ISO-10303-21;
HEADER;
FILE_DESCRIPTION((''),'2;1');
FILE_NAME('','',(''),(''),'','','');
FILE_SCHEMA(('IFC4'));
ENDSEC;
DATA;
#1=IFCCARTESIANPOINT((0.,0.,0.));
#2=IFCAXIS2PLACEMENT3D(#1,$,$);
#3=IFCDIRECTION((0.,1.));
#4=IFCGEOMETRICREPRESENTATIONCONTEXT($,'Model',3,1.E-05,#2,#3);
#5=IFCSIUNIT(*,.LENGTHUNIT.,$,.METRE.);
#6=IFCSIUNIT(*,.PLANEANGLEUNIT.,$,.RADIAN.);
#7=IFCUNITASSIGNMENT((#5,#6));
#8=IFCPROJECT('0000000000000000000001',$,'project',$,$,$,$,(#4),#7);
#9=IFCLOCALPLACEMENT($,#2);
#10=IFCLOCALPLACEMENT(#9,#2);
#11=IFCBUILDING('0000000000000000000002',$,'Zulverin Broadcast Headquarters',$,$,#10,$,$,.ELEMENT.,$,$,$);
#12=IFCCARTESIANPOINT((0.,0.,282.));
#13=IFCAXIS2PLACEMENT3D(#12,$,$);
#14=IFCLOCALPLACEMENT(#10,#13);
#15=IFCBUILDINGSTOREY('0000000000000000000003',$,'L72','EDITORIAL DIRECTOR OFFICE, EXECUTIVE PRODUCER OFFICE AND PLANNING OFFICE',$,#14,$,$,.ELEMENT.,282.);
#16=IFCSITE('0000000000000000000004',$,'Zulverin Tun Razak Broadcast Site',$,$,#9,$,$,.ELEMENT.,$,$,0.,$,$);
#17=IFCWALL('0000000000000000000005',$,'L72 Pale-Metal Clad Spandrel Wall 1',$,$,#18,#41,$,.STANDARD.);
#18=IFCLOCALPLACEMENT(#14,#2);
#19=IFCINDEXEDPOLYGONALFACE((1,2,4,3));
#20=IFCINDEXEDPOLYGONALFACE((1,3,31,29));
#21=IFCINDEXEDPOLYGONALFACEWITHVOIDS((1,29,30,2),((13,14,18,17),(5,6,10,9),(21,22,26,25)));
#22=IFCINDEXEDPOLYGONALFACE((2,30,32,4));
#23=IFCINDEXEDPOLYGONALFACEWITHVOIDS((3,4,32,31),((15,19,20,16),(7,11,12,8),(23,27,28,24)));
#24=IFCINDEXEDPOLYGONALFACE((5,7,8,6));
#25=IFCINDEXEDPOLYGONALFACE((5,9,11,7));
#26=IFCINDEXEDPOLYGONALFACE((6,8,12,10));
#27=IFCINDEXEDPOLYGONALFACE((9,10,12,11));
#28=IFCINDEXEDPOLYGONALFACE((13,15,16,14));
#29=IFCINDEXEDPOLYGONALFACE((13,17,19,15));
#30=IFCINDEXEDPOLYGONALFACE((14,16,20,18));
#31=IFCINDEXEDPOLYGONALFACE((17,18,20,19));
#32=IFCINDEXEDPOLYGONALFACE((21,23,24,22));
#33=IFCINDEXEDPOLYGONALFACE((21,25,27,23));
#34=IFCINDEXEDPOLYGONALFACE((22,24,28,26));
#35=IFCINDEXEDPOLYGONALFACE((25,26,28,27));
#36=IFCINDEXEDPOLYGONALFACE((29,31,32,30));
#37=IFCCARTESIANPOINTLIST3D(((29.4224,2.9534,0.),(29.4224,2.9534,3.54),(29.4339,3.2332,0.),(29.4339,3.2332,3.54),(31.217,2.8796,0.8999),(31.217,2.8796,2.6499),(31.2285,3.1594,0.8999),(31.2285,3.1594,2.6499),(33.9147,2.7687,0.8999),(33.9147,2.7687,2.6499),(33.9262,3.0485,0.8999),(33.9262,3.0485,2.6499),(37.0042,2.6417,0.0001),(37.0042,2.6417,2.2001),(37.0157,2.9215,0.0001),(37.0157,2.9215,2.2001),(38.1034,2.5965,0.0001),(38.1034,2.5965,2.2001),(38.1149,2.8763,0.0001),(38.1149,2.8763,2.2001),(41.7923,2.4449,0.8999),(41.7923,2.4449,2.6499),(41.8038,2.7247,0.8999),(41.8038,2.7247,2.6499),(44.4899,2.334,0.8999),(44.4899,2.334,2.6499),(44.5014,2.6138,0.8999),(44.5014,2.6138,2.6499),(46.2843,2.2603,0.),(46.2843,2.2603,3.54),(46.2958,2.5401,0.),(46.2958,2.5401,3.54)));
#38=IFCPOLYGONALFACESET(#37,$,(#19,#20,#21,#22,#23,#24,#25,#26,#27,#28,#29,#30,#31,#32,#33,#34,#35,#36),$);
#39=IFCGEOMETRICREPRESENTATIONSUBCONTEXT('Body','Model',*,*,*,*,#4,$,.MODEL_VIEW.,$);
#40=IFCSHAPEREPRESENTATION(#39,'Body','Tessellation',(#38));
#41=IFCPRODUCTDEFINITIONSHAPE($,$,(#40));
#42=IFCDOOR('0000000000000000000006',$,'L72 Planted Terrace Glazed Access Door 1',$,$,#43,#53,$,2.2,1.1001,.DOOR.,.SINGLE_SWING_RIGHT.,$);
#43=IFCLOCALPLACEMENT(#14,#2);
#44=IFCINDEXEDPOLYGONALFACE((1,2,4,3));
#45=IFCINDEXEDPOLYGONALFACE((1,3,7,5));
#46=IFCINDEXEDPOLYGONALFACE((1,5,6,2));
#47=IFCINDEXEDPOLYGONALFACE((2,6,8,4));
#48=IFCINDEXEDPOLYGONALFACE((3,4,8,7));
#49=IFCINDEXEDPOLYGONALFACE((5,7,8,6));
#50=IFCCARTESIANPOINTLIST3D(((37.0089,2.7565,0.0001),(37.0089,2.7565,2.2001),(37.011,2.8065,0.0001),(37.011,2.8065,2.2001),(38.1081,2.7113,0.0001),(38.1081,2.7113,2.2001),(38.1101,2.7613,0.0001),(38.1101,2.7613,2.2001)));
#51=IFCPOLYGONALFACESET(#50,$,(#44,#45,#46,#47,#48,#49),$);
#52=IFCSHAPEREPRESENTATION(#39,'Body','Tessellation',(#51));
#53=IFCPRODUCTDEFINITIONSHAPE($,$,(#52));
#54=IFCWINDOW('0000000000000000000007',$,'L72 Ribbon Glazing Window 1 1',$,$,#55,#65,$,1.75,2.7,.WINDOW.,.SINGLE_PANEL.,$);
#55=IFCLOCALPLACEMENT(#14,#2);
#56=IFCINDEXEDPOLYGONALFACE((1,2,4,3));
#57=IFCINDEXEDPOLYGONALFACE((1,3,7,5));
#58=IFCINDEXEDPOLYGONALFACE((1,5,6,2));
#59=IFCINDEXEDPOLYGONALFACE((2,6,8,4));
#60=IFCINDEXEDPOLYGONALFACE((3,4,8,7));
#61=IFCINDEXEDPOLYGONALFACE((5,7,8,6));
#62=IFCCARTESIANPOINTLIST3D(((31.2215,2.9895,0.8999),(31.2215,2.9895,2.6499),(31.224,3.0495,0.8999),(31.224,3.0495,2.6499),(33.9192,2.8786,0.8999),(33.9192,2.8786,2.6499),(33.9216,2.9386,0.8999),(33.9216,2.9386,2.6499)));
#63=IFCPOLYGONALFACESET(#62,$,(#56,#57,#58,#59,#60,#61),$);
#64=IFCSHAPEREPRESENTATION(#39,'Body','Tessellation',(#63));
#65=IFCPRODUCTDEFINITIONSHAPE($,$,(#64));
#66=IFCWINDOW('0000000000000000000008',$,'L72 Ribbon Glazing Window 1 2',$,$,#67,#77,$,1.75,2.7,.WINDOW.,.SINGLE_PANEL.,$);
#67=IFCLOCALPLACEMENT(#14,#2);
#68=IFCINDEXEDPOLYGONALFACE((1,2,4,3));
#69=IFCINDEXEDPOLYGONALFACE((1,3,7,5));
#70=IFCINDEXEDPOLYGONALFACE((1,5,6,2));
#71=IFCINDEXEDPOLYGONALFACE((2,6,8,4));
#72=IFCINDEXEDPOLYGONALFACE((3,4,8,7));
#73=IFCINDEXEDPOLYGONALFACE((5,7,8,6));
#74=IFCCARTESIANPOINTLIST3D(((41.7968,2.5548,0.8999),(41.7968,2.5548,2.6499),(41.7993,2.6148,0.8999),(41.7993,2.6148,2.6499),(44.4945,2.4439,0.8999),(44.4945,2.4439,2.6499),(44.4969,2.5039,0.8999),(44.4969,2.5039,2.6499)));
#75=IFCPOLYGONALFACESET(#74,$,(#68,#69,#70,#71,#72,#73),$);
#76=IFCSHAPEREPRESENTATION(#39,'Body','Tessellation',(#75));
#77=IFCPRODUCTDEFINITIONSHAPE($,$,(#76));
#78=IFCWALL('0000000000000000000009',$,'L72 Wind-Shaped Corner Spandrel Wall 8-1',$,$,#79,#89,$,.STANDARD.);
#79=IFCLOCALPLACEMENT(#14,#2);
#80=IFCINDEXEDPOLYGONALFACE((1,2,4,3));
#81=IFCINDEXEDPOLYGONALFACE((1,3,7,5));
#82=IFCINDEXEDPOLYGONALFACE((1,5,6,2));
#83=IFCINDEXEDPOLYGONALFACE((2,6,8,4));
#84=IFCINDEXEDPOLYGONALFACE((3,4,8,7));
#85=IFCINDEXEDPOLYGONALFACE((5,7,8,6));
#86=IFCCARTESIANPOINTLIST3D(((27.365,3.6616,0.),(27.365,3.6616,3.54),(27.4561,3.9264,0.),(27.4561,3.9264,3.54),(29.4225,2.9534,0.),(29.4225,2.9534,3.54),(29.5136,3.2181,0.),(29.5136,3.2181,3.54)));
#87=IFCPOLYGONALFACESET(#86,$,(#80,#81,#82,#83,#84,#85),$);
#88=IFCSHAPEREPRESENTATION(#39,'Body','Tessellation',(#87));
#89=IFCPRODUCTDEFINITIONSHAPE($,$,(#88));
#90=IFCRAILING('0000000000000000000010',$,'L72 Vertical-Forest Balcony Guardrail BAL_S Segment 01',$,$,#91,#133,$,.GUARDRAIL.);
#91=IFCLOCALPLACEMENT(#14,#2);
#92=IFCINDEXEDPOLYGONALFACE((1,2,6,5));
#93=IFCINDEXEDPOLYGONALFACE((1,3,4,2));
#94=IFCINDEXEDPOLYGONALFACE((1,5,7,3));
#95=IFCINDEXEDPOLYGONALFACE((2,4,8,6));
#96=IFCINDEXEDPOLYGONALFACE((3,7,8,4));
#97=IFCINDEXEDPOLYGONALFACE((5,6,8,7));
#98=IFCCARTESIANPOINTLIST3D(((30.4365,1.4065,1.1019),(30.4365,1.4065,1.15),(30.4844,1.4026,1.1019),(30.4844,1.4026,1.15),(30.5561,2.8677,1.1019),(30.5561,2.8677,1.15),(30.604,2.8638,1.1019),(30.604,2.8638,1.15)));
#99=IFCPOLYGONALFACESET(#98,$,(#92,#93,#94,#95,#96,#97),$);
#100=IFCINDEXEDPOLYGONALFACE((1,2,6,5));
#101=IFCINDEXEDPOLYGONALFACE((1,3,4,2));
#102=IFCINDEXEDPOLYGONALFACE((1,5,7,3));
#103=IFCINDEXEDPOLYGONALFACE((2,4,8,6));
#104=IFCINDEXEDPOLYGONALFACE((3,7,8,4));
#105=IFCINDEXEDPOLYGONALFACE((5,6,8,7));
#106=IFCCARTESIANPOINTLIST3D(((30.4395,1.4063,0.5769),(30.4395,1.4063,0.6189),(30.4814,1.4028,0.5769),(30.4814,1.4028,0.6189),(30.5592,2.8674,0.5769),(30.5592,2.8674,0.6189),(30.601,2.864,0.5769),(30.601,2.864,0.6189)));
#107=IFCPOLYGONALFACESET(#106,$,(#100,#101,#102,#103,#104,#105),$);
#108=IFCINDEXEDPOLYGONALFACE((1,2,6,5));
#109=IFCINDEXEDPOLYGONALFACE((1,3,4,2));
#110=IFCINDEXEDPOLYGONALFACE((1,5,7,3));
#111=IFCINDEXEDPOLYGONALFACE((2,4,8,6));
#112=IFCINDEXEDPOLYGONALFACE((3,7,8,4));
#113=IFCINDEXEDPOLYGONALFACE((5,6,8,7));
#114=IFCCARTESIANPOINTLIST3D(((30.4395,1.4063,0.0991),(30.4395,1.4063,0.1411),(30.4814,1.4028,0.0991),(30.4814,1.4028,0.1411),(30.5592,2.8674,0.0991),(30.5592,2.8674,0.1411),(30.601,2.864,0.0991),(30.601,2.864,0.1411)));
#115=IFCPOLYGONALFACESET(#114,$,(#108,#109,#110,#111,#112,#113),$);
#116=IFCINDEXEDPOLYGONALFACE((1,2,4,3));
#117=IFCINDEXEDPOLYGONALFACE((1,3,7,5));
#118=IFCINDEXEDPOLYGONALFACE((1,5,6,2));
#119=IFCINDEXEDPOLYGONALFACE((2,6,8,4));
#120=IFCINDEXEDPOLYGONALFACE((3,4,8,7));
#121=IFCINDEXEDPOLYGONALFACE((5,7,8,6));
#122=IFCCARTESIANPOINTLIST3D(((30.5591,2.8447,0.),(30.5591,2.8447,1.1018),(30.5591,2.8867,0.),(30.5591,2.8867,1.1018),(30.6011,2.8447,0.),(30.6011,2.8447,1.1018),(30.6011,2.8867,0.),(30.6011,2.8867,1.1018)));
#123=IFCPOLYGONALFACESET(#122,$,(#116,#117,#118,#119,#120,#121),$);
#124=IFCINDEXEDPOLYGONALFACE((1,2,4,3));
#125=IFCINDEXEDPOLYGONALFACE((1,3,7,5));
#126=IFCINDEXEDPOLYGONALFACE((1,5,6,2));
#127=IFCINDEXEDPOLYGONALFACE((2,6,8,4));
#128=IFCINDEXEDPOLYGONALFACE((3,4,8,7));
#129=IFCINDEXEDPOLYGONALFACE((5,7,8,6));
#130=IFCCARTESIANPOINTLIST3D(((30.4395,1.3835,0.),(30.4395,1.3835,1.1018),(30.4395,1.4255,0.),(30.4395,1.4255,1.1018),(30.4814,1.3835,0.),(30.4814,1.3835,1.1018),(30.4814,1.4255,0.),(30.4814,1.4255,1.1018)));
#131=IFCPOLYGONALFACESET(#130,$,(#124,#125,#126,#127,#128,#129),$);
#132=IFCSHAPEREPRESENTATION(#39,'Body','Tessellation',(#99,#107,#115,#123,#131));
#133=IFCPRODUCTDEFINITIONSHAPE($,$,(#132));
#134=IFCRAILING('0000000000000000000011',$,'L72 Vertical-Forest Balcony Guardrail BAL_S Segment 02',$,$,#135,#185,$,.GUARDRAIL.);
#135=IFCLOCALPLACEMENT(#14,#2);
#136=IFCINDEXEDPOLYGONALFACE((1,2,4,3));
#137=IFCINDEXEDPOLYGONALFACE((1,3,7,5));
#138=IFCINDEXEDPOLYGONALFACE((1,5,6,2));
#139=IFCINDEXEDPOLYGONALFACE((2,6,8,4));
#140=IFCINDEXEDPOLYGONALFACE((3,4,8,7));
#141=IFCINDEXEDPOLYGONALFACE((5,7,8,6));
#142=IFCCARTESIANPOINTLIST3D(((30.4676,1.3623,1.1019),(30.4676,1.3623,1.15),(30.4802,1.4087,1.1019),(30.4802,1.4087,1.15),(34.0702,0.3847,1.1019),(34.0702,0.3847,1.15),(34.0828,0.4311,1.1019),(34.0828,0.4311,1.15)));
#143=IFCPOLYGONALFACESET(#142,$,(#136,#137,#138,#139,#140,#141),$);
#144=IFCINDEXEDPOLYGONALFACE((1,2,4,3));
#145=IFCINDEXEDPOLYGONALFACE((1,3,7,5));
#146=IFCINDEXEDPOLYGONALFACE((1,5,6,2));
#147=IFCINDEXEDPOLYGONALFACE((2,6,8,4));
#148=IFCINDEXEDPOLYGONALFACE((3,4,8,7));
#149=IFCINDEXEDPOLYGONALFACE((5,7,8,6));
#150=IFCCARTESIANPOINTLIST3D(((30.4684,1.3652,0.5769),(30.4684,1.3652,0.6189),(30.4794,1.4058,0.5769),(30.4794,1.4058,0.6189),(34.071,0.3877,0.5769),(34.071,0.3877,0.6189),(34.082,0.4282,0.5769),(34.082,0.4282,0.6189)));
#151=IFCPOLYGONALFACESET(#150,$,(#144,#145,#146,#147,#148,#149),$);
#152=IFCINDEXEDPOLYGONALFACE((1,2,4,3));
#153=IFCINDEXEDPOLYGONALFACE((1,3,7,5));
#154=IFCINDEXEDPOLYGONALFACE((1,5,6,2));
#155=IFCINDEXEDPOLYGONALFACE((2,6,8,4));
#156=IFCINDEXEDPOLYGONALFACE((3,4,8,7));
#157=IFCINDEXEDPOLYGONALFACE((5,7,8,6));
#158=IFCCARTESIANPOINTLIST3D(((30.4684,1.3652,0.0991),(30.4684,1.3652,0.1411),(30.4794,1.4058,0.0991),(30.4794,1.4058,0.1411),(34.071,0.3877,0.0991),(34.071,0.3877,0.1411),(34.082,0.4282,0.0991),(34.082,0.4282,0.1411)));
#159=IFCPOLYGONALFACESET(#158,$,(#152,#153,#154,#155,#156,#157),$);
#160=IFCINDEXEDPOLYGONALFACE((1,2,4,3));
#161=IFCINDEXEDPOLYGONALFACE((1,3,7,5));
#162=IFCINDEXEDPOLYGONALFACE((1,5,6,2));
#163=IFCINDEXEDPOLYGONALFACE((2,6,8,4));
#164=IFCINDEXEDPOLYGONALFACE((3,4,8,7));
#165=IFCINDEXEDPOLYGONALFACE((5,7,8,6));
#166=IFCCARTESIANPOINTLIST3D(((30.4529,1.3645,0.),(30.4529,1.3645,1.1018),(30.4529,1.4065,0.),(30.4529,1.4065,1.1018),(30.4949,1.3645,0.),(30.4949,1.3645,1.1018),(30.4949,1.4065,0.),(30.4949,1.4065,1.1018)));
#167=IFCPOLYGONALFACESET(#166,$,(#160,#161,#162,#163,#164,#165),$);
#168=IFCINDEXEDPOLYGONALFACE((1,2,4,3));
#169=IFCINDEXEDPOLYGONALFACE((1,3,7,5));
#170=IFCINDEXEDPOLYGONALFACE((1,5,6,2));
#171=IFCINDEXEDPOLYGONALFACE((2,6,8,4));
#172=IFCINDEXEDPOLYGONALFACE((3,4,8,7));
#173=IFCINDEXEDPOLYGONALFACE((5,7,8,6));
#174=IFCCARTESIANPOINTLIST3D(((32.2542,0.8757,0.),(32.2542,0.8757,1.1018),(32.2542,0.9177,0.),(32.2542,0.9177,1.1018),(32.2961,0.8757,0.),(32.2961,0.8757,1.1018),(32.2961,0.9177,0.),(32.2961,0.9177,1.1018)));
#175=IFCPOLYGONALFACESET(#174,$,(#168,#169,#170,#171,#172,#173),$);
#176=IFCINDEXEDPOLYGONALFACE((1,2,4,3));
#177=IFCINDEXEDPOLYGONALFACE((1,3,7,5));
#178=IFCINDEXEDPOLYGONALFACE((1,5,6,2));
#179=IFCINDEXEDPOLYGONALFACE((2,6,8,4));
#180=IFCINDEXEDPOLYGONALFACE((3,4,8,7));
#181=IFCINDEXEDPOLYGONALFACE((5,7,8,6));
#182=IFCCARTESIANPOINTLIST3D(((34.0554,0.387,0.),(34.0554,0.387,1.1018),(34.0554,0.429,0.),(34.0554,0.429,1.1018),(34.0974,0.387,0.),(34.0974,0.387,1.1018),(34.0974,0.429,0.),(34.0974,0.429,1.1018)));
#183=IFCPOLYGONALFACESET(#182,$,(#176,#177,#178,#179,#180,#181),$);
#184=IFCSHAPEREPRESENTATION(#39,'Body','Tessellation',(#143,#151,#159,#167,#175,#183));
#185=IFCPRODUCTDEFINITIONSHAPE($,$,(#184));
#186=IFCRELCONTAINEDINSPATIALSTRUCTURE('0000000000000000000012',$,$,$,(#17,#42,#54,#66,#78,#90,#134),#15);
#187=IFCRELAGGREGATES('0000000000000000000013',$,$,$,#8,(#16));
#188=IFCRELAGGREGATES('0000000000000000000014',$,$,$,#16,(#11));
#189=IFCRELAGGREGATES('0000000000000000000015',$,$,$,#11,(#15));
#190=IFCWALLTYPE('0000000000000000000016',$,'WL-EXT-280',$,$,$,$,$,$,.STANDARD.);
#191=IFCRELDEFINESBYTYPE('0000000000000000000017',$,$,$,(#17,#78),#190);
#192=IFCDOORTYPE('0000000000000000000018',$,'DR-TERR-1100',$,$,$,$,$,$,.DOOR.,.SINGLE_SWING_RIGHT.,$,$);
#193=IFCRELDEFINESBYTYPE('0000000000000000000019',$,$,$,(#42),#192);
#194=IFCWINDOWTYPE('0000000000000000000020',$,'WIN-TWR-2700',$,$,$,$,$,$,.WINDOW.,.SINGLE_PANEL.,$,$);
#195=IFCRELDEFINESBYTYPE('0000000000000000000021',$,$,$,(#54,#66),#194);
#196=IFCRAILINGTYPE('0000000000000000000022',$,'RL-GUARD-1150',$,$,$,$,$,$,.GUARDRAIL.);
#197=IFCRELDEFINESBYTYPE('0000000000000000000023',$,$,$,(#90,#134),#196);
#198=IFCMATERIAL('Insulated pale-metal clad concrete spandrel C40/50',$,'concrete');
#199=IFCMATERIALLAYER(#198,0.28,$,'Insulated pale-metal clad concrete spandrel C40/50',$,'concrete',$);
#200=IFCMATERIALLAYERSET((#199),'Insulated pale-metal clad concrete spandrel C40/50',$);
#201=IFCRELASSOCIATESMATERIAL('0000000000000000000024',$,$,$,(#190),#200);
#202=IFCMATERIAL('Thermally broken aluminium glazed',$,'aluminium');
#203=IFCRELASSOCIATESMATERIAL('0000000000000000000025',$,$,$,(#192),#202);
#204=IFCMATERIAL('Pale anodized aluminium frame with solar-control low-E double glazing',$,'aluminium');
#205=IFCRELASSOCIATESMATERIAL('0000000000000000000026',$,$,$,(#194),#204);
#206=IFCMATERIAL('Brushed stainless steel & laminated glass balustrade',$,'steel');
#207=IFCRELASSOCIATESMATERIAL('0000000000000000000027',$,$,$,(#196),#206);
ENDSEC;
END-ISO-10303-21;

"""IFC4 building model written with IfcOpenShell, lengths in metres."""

from ifc_helpers import new_model, si_unit, direction, frame, frame_2d, origin, origin_2d, place, context, subcontext, project, spatial, rectangle, extrude, material, layer, layer_set, type_object, element, fill, save


model = new_model("IFC4")

# Units and contexts
model_context = context("Model", 3, precision=1e-05, world=origin(), true_north=direction((0.0, 1.0)))
body_context = subcontext(model_context, "Body", "Model", "MODEL_VIEW")
ifc_project = project(units=[si_unit("LENGTHUNIT", "METRE"), si_unit("PLANEANGLEUNIT", "RADIAN")], contexts=[model_context])

# Site, building, storey
site_placement = place(None, origin())
site = spatial("IfcSite", under=ifc_project, at=site_placement, Name="Zulverin Tun Razak Broadcast Site", CompositionType="ELEMENT", RefElevation=0.0)
building_placement = place(site_placement, origin())
building = spatial("IfcBuilding", under=site, at=building_placement, Name="Zulverin Broadcast Headquarters", CompositionType="ELEMENT")
storey_placement = place(building_placement, frame((0.0, 0.0, 282.0)))
storey = spatial("IfcBuildingStorey", under=building, at=storey_placement, Name="L72", Description="EDITORIAL DIRECTOR OFFICE, EXECUTIVE PRODUCER OFFICE AND PLANNING OFFICE", CompositionType="ELEMENT", Elevation=282.0)

# Wall, openings, door, windows
ifc_material_1 = material(Name="Insulated pale-metal clad concrete spandrel C40/50", Category="concrete")
ifc_layer_1 = layer(ifc_material_1, 0.28, Name="Insulated pale-metal clad concrete spandrel C40/50", Category="concrete")
ifc_layer_set_1 = layer_set([ifc_layer_1], Name="Insulated pale-metal clad concrete spandrel C40/50")
wall_type = type_object("IfcWallType", Name="WL-EXT-280", PredefinedType="STANDARD", material=ifc_layer_set_1)
wall_1_placement = place(storey_placement, frame((29.4282, 3.0933, 0.0), z_axis=(0.0, 0.0, 1.0), x_axis=(0.999156, -0.04107, 0.0)))
wall_1 = element("IfcWall", 1, at=wall_1_placement, inside=storey, type_object=wall_type, Name="L72 Pale-Metal Clad Spandrel Wall 1", PredefinedType="STANDARD", context=body_context, shape_type="SweptSolid", body=[
    extrude(rectangle(XDim=16.8762, YDim=0.28, at=frame_2d((8.438, 0.0))), origin(), (0.0, 0.0, 1.0), 3.54),
])
opening_1_placement = place(wall_1_placement, frame((7.5881, 0.0, 0.0)))
opening_1 = element("IfcOpeningElement", 2, at=opening_1_placement, cuts=wall_1, PredefinedType="OPENING", context=body_context, shape_type="SweptSolid", body=[
    extrude(rectangle(XDim=1.1001, YDim=2.2, at=frame_2d((0.55, 1.1001))), frame((0.0, 0.1499, 0.0), z_axis=(0.0, -1.0, 0.0), x_axis=(1.0, 0.0, 0.0)), (0.0, 0.0, 1.0), 0.3),
])
opening_2_placement = place(wall_1_placement, frame((1.7959, 0.0, 0.8999)))
opening_2 = element("IfcOpeningElement", 3, at=opening_2_placement, cuts=wall_1, PredefinedType="OPENING", context=body_context, shape_type="SweptSolid", body=[
    extrude(rectangle(XDim=2.7, YDim=1.75, at=frame_2d((1.3501, 0.875))), frame((0.0, 0.1499, 0.0), z_axis=(0.0, -1.0, 0.0), x_axis=(1.0, 0.0, 0.0)), (0.0, 0.0, 1.0), 0.3),
])
opening_3_placement = place(wall_1_placement, frame((12.3801, 0.0, 0.8999)))
opening_3 = element("IfcOpeningElement", 4, at=opening_3_placement, cuts=wall_1, PredefinedType="OPENING", context=body_context, shape_type="SweptSolid", body=[
    extrude(rectangle(XDim=2.7, YDim=1.75, at=frame_2d((1.3501, 0.875))), frame((0.0, 0.1499, 0.0), z_axis=(0.0, -1.0, 0.0), x_axis=(1.0, 0.0, 0.0)), (0.0, 0.0, 1.0), 0.3),
])
ifc_material_2 = material(Name="Thermally broken aluminium glazed", Category="aluminium")
door_type = type_object("IfcDoorType", Name="DR-TERR-1100", OperationType="SINGLE_SWING_RIGHT", PredefinedType="DOOR", material=ifc_material_2)
door_placement = place(opening_1_placement, origin())
door = element("IfcDoor", 5, at=door_placement, inside=storey, type_object=door_type, Name="L72 Planted Terrace Glazed Access Door 1", OperationType="SINGLE_SWING_RIGHT", OverallHeight=2.2, OverallWidth=1.1001, PredefinedType="DOOR", context=body_context, shape_type="SweptSolid", body=[
    extrude(rectangle(XDim=1.1001, YDim=2.2, at=frame_2d((0.55, 1.1001))), frame((0.0, 0.0249, 0.0), z_axis=(0.0, -1.0, 0.0), x_axis=(1.0, 0.0, 0.0)), (0.0, 0.0, 1.0), 0.05),
])
fill(opening_1, door)
ifc_material_3 = material(Name="Pale anodized aluminium frame with solar-control low-E double glazing", Category="aluminium")
window_type = type_object("IfcWindowType", Name="WIN-TWR-2700", PartitioningType="SINGLE_PANEL", PredefinedType="WINDOW", material=ifc_material_3)
window_1_placement = place(opening_2_placement, origin())
window_1 = element("IfcWindow", 6, at=window_1_placement, inside=storey, type_object=window_type, Name="L72 Ribbon Glazing Window 1 1", OverallHeight=1.75, OverallWidth=2.7, PartitioningType="SINGLE_PANEL", PredefinedType="WINDOW", context=body_context, shape_type="SweptSolid", body=[
    extrude(rectangle(XDim=2.7, YDim=1.75, at=frame_2d((1.3501, 0.875))), frame((0.0, 0.03, 0.0), z_axis=(0.0, -1.0, 0.0), x_axis=(1.0, 0.0, 0.0)), (0.0, 0.0, 1.0), 0.0601),
])
fill(opening_2, window_1)
window_2_placement = place(opening_3_placement, origin())
window_2 = element("IfcWindow", 7, at=window_2_placement, inside=storey, type_object=window_type, Name="L72 Ribbon Glazing Window 1 2", OverallHeight=1.75, OverallWidth=2.7, PartitioningType="SINGLE_PANEL", PredefinedType="WINDOW", context=body_context, shape_type="SweptSolid", body=[
    extrude(rectangle(XDim=2.7, YDim=1.75, at=frame_2d((1.3501, 0.875))), frame((0.0, 0.03, 0.0), z_axis=(0.0, -1.0, 0.0), x_axis=(1.0, 0.0, 0.0)), (0.0, 0.0, 1.0), 0.0601),
])
fill(opening_3, window_2)

# Wall
wall_2_placement = place(storey_placement, frame((27.4106, 3.7939, 0.0), z_axis=(0.0, 0.0, 1.0), x_axis=(0.945553, -0.325469, 0.0)))
element("IfcWall", 8, at=wall_2_placement, inside=storey, type_object=wall_type, Name="L72 Wind-Shaped Corner Spandrel Wall 8-1", PredefinedType="STANDARD", context=body_context, shape_type="SweptSolid", body=[
    extrude(rectangle(XDim=2.176, YDim=0.28, at=frame_2d((1.0879, 0.0))), origin(), (0.0, 0.0, 1.0), 3.54),
])

# Railings
ifc_material_4 = material(Name="Brushed stainless steel & laminated glass balustrade", Category="steel")
railing_type = type_object("IfcRailingType", Name="RL-GUARD-1150", PredefinedType="GUARDRAIL", material=ifc_material_4)
railing_1_placement = place(storey_placement, frame((30.5801, 2.8657, 0.0)))
element("IfcRailing", 9, at=railing_1_placement, inside=storey, type_object=railing_type, Name="L72 Vertical-Forest Balcony Guardrail BAL_S Segment 01", PredefinedType="GUARDRAIL", context=body_context, shape_type="SweptSolid", body=[
    extrude(rectangle(XDim=0.0481, YDim=0.0481, at=origin_2d()), frame((0.0, 0.0, 1.126), z_axis=(-0.081598, -0.996665, 0.0), x_axis=(0.996665, -0.081598, 0.0)), (0.0, 0.0, 1.0), 1.4661),
    extrude(rectangle(XDim=0.042, YDim=0.042, at=origin_2d()), frame((0.0, 0.0, 0.5979), z_axis=(-0.081598, -0.996665, 0.0), x_axis=(0.996665, -0.081598, 0.0)), (0.0, 0.0, 1.0), 1.4661),
    extrude(rectangle(XDim=0.042, YDim=0.042, at=origin_2d()), frame((0.0, 0.0, 0.1201), z_axis=(-0.081598, -0.996665, 0.0), x_axis=(0.996665, -0.081598, 0.0)), (0.0, 0.0, 1.0), 1.4661),
    extrude(rectangle(XDim=0.042, YDim=0.042, at=origin_2d()), origin(), (0.0, 0.0, 1.0), 1.1018),
    extrude(rectangle(XDim=0.042, YDim=0.042, at=origin_2d()), frame((-0.1196, -1.4612, 0.0)), (0.0, 0.0, 1.0), 1.1018),
])
railing_2_placement = place(storey_placement, frame((30.4739, 1.3855, 0.0)))
element("IfcRailing", 10, at=railing_2_placement, inside=storey, type_object=railing_type, Name="L72 Vertical-Forest Balcony Guardrail BAL_S Segment 02", PredefinedType="GUARDRAIL", context=body_context, shape_type="SweptSolid", body=[
    extrude(rectangle(XDim=0.0481, YDim=0.0481, at=origin_2d()), frame((0.0, 0.0, 1.126), z_axis=(0.965101, -0.261878, 0.0), x_axis=(0.261878, 0.965101, 0.0)), (0.0, 0.0, 1.0), 3.7329),
    extrude(rectangle(XDim=0.042, YDim=0.042, at=origin_2d()), frame((0.0, 0.0, 0.5979), z_axis=(0.965101, -0.261878, 0.0), x_axis=(0.261878, 0.965101, 0.0)), (0.0, 0.0, 1.0), 3.7329),
    extrude(rectangle(XDim=0.042, YDim=0.042, at=origin_2d()), frame((0.0, 0.0, 0.1201), z_axis=(0.965101, -0.261878, 0.0), x_axis=(0.261878, 0.965101, 0.0)), (0.0, 0.0, 1.0), 3.7329),
    extrude(rectangle(XDim=0.042, YDim=0.042, at=origin_2d()), origin(), (0.0, 0.0, 1.0), 1.1018),
    extrude(rectangle(XDim=0.042, YDim=0.042, at=origin_2d()), frame((1.8013, -0.4888, 0.0)), (0.0, 0.0, 1.0), 1.1018),
    extrude(rectangle(XDim=0.042, YDim=0.042, at=origin_2d()), frame((3.6025, -0.9775, 0.0)), (0.0, 0.0, 1.0), 1.1018),
])

save(model, "model.ifc")
